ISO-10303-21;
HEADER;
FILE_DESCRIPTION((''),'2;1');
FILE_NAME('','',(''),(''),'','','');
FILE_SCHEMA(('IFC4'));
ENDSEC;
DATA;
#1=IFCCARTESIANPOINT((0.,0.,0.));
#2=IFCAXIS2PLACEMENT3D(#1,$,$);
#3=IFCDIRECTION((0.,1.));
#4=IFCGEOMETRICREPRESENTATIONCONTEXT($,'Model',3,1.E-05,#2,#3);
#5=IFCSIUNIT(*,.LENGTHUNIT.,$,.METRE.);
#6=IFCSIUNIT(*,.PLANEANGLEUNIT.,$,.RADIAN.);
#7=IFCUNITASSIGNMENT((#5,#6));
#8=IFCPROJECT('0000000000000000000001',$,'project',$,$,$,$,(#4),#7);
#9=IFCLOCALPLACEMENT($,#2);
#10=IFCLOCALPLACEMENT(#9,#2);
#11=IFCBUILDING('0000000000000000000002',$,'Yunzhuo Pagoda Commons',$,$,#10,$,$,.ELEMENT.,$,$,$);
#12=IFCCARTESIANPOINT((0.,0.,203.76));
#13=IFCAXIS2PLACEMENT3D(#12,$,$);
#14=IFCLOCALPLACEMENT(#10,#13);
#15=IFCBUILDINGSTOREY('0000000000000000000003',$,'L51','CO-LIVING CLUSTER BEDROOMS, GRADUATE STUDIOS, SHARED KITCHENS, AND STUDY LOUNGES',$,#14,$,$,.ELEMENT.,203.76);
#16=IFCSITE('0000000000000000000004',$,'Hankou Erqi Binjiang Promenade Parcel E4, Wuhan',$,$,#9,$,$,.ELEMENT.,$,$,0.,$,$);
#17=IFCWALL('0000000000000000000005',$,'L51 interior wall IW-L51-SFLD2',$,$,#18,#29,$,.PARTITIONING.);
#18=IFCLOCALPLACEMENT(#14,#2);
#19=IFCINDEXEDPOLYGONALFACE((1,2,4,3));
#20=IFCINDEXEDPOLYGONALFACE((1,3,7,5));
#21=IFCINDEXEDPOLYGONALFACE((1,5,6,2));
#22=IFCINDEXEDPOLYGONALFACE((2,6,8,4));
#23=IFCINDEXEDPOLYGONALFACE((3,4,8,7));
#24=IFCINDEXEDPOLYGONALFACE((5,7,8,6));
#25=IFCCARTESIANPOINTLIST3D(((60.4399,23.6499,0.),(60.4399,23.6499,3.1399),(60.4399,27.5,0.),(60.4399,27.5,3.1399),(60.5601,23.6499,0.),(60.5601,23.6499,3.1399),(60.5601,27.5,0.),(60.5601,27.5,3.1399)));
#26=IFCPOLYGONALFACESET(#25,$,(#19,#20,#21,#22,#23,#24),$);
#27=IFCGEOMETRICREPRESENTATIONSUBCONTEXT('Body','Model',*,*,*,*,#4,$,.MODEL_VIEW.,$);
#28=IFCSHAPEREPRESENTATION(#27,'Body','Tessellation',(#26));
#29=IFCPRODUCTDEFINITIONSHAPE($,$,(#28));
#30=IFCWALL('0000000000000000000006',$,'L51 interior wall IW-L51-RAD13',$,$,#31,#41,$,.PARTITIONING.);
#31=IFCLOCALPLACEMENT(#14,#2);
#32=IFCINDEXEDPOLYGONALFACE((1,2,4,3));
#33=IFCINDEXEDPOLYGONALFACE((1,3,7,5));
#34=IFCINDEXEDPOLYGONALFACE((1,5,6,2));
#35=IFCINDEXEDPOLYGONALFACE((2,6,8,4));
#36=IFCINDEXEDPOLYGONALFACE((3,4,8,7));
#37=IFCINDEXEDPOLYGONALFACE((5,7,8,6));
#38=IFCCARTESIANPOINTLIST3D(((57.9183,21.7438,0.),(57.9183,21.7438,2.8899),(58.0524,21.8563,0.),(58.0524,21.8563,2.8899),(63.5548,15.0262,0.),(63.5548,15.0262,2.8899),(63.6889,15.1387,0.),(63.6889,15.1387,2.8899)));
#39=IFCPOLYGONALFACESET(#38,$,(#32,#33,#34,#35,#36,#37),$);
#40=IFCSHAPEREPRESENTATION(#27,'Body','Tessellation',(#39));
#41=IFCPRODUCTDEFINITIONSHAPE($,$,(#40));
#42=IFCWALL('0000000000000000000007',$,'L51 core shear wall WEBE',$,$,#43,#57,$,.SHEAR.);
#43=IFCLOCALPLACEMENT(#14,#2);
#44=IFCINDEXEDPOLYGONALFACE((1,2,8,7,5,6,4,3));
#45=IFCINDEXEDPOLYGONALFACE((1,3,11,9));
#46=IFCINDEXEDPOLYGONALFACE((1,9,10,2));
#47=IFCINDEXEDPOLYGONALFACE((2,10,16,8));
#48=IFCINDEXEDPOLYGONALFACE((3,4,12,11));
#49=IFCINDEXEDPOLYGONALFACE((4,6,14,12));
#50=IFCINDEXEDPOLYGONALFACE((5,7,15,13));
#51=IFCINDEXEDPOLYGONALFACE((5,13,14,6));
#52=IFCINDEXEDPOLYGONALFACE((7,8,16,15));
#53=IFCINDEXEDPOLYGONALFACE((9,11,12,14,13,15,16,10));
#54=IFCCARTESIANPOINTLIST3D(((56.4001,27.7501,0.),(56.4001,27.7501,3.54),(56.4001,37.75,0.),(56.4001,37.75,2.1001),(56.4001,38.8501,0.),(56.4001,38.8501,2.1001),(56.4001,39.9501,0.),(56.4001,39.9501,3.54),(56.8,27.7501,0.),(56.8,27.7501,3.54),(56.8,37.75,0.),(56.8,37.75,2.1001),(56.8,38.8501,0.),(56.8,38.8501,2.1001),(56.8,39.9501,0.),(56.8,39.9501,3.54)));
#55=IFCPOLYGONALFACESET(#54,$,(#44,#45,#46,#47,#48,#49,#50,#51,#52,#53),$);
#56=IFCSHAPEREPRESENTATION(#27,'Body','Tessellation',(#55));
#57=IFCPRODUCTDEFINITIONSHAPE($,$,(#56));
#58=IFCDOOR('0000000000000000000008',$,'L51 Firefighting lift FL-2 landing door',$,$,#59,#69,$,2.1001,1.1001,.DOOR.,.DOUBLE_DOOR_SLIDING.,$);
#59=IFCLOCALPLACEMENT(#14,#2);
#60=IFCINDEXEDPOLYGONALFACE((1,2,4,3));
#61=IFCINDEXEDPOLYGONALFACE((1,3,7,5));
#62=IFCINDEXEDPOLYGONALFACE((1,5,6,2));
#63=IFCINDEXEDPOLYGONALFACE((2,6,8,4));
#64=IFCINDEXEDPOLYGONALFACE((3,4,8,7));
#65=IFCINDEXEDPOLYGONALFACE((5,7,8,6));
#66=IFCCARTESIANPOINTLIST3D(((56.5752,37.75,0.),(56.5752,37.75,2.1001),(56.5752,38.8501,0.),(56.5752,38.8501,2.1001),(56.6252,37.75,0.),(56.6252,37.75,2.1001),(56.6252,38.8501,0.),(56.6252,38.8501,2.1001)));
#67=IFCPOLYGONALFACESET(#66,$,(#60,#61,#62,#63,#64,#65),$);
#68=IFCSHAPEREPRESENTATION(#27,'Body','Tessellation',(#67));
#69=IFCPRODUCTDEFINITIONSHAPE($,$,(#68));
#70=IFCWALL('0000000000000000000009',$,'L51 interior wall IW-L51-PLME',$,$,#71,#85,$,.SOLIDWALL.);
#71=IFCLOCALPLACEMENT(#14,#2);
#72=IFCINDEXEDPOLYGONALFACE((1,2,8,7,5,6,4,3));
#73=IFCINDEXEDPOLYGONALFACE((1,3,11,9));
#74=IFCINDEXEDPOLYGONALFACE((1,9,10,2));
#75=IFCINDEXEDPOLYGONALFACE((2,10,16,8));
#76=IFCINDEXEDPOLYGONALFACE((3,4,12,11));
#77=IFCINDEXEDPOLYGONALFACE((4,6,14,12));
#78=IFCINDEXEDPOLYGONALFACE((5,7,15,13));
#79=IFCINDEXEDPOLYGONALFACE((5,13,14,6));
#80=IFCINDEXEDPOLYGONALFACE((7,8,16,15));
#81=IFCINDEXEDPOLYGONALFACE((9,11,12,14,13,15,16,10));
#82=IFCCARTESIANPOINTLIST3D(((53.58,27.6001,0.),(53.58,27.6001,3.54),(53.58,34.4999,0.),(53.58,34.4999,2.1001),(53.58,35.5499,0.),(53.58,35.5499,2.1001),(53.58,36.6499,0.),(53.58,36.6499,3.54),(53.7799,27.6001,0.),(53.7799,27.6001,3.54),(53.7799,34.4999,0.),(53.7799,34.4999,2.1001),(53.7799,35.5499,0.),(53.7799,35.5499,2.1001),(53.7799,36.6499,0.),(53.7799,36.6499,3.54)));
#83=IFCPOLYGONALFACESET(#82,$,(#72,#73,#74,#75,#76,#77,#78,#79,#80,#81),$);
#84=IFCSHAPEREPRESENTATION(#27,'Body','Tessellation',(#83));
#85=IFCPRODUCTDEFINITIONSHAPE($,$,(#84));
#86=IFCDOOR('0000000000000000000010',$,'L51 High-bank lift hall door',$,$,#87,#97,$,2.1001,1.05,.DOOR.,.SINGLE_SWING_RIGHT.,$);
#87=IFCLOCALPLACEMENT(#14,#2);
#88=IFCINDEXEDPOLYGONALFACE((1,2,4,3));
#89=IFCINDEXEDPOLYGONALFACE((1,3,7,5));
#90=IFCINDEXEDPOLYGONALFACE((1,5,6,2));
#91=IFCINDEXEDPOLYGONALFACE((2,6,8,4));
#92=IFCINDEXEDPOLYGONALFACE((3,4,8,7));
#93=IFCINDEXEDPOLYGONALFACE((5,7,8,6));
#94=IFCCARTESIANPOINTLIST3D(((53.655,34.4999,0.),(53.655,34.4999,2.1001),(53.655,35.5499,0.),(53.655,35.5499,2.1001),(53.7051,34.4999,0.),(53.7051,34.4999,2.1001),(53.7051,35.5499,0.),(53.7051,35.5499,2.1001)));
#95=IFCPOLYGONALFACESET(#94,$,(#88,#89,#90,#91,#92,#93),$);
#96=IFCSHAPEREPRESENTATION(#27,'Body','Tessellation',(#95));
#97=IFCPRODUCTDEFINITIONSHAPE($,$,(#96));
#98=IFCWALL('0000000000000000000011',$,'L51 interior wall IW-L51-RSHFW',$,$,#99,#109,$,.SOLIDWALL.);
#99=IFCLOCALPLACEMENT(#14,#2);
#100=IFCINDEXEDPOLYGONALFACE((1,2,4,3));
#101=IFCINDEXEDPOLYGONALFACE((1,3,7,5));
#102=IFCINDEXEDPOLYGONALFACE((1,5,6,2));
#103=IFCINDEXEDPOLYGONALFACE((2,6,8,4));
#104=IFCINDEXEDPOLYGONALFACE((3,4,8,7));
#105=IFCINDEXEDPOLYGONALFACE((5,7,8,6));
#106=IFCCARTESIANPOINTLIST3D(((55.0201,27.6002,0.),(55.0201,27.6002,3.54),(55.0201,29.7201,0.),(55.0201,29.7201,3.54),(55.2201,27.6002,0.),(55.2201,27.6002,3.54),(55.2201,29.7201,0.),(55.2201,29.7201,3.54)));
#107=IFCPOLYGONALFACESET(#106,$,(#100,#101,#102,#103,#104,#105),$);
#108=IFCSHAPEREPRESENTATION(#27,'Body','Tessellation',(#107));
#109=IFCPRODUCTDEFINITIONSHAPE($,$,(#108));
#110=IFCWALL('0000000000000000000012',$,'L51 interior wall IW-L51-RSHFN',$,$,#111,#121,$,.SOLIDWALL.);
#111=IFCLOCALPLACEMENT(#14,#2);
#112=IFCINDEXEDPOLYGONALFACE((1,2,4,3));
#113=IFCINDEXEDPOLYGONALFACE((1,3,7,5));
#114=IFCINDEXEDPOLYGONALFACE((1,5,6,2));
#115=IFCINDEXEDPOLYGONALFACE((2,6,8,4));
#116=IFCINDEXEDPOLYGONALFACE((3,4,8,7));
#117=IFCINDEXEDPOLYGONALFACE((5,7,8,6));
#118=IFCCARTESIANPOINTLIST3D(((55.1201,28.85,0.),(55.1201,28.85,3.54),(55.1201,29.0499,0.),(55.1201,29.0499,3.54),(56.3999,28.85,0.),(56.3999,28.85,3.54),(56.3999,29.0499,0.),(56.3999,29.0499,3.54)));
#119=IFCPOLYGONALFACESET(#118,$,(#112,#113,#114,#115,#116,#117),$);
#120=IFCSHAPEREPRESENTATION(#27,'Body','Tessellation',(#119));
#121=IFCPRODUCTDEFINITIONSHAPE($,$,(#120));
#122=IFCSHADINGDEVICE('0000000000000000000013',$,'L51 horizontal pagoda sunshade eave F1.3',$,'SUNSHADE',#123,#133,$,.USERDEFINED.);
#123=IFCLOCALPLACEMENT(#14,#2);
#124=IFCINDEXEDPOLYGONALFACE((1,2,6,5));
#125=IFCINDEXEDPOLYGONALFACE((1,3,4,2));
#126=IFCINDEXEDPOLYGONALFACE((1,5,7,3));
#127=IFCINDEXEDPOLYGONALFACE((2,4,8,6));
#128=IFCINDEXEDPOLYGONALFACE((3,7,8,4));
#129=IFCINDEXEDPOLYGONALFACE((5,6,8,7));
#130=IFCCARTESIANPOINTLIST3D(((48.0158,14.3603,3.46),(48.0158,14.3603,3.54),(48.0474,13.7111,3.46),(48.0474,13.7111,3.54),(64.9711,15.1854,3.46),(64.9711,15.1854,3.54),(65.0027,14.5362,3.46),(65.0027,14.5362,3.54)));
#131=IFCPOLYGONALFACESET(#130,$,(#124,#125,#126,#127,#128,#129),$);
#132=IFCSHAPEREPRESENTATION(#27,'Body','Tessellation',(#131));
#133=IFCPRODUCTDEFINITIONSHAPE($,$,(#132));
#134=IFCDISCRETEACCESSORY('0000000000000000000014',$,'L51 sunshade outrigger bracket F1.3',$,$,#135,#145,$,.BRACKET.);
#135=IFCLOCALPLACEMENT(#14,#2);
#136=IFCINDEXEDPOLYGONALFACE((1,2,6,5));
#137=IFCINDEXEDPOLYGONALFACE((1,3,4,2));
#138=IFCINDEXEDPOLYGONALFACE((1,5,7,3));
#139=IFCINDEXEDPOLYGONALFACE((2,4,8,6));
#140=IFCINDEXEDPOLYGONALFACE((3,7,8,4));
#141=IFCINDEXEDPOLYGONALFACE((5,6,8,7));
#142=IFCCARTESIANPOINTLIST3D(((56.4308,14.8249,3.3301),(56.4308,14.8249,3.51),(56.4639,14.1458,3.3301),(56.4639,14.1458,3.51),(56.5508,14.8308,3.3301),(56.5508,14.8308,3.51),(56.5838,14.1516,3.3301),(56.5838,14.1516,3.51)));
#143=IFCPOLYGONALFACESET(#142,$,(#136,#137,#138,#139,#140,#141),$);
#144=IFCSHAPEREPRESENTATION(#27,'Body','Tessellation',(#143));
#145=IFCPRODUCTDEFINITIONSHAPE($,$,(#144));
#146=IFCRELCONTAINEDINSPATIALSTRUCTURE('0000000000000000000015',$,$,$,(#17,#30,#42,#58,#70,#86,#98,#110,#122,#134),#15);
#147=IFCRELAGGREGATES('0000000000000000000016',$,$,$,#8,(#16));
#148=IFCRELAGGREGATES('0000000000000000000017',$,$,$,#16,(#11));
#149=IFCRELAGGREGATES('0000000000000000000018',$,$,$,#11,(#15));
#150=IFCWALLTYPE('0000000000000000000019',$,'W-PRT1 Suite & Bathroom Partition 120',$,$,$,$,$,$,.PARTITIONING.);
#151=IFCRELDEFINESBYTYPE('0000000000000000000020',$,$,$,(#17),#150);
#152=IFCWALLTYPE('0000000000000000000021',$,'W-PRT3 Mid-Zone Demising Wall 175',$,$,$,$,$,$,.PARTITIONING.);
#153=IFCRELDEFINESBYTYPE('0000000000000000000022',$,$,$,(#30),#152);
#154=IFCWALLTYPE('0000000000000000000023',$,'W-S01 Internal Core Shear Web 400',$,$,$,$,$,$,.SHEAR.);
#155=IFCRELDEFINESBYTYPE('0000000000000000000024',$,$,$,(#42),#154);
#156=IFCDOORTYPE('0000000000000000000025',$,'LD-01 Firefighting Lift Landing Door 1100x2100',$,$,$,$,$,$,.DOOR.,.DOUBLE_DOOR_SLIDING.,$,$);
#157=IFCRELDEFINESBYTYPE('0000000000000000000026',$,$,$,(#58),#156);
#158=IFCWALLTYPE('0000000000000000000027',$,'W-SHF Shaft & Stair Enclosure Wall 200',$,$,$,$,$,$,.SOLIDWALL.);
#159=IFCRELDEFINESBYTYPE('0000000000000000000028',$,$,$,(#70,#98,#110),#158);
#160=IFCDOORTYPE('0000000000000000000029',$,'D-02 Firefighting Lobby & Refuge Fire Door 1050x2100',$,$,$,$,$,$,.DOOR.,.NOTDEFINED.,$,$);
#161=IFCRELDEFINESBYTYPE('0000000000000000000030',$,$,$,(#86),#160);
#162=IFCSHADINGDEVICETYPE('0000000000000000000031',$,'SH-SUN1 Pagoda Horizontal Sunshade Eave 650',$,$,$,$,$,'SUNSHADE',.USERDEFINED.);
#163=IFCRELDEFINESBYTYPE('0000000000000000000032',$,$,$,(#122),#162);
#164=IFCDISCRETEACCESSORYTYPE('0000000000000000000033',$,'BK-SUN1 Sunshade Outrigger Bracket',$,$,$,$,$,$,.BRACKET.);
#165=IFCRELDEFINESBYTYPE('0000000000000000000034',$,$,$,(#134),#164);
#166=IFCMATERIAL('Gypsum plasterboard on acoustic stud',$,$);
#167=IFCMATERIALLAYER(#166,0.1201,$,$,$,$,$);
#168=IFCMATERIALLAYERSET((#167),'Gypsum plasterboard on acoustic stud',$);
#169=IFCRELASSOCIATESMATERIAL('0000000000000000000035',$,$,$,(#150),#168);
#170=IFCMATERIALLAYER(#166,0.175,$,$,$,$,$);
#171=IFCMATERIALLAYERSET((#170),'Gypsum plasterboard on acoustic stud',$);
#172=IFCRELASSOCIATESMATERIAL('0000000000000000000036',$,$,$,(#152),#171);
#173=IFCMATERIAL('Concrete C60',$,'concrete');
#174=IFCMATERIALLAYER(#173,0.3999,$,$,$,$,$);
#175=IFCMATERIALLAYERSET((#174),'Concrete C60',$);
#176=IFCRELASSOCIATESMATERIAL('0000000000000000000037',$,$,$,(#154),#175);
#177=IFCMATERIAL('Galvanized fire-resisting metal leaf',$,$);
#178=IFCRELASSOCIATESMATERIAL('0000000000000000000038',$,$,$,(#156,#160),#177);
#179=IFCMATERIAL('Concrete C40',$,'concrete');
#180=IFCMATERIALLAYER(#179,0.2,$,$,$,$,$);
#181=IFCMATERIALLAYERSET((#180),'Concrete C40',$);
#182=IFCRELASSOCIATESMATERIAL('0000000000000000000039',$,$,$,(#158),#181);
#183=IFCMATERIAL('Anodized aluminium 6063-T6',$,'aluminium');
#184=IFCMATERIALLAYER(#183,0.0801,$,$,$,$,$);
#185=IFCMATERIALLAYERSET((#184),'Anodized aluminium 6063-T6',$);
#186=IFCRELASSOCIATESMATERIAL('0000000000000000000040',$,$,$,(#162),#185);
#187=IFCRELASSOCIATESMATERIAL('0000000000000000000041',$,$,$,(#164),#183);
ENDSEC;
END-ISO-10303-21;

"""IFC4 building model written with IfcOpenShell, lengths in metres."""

from ifc_helpers import new_model, si_unit, direction, frame, frame_2d, origin, origin_with_axes, origin_2d, place, context, subcontext, project, spatial, rectangle, extrude, source, transform, mapped, material, layer, layer_set, type_object, element, fill, save


model = new_model("IFC4")

# Units and contexts
model_context = context("Model", 3, precision=1e-05, world=origin(), true_north=direction((0.0, 1.0)))
body_context = subcontext(model_context, "Body", "Model", "MODEL_VIEW")
ifc_project = project(units=[si_unit("LENGTHUNIT", "METRE"), si_unit("PLANEANGLEUNIT", "RADIAN")], contexts=[model_context])

# Site, building, storey
site_placement = place(None, origin())
site = spatial("IfcSite", under=ifc_project, at=site_placement, Name="Hankou Erqi Binjiang Promenade Parcel E4, Wuhan", CompositionType="ELEMENT", RefElevation=0.0)
building_placement = place(site_placement, origin())
building = spatial("IfcBuilding", under=site, at=building_placement, Name="Yunzhuo Pagoda Commons", CompositionType="ELEMENT")
storey_placement = place(building_placement, frame((0.0, 0.0, 203.76)))
storey = spatial("IfcBuildingStorey", under=building, at=storey_placement, Name="L51", Description="CO-LIVING CLUSTER BEDROOMS, GRADUATE STUDIOS, SHARED KITCHENS, AND STUDY LOUNGES", CompositionType="ELEMENT", Elevation=203.76)

# Shared definitions
ifc_material_1 = material(Name="Anodized aluminium 6063-T6", Category="aluminium")

# Shared definitions
ifc_material_2 = material(Name="Gypsum plasterboard on acoustic stud")
ifc_material_3 = material(Name="Galvanized fire-resisting metal leaf")

# Walls
ifc_layer_1 = layer(ifc_material_2, 0.1201)
ifc_layer_set_1 = layer_set([ifc_layer_1], Name="Gypsum plasterboard on acoustic stud")
wall_type_1 = type_object("IfcWallType", Name="W-PRT1 Suite & Bathroom Partition 120", PredefinedType="PARTITIONING", material=ifc_layer_set_1)
wall_1_placement = place(storey_placement, frame((60.5, 23.6499, 0.0), z_axis=(0.0, 0.0, 1.0), x_axis=(0.0, 1.0, 0.0)))
element("IfcWall", 1, at=wall_1_placement, inside=storey, type_object=wall_type_1, Name="L51 interior wall IW-L51-SFLD2", PredefinedType="PARTITIONING", context=body_context, shape_type="SweptSolid", body=[
    extrude(rectangle(XDim=3.8501, YDim=0.1201, at=frame_2d((1.925, 0.0))), origin(), (0.0, 0.0, 1.0), 3.1399),
])
ifc_layer_2 = layer(ifc_material_2, 0.175)
ifc_layer_set_2 = layer_set([ifc_layer_2], Name="Gypsum plasterboard on acoustic stud")
wall_type_2 = type_object("IfcWallType", Name="W-PRT3 Mid-Zone Demising Wall 175", PredefinedType="PARTITIONING", material=ifc_layer_set_2)
wall_2_placement = place(storey_placement, frame((57.9854, 21.8, 0.0), z_axis=(0.0, 0.0, 1.0), x_axis=(0.642774, -0.766056, 0.0)))
element("IfcWall", 2, at=wall_2_placement, inside=storey, type_object=wall_type_2, Name="L51 interior wall IW-L51-RAD13", PredefinedType="PARTITIONING", context=body_context, shape_type="SweptSolid", body=[
    extrude(rectangle(XDim=8.769, YDim=0.175, at=frame_2d((4.3845, 0.0))), origin(), (0.0, 0.0, 1.0), 2.8899),
])

# Walls, openings, doors
ifc_material_4 = material(Name="Concrete C60", Category="concrete")
ifc_layer_3 = layer(ifc_material_4, 0.3999)
ifc_layer_set_3 = layer_set([ifc_layer_3], Name="Concrete C60")
wall_type_3 = type_object("IfcWallType", Name="W-S01 Internal Core Shear Web 400", PredefinedType="SHEAR", material=ifc_layer_set_3)
wall_3_placement = place(storey_placement, frame((56.6001, 27.75, 0.0), z_axis=(0.0, 0.0, 1.0), x_axis=(0.0, 1.0, 0.0)))
wall_3 = element("IfcWall", 3, at=wall_3_placement, inside=storey, type_object=wall_type_3, Name="L51 core shear wall WEBE", PredefinedType="SHEAR", context=body_context, shape_type="SweptSolid", body=[
    extrude(rectangle(XDim=12.2, YDim=0.3999, at=frame_2d((6.1001, 0.0))), origin(), (0.0, 0.0, 1.0), 3.54),
])
opening_1_placement = place(wall_3_placement, frame((10.0, 0.0, 0.0)))
opening_1 = element("IfcOpeningElement", 4, at=opening_1_placement, cuts=wall_3, PredefinedType="OPENING", context=body_context, shape_type="SweptSolid", body=[
    extrude(rectangle(XDim=1.1001, YDim=2.1001, at=frame_2d((0.55, 1.05))), frame((0.0, 0.21, 0.0), z_axis=(0.0, -1.0, 0.0), x_axis=(1.0, 0.0, 0.0)), (0.0, 0.0, 1.0), 0.4199),
])
door_type_1 = type_object("IfcDoorType", Name="LD-01 Firefighting Lift Landing Door 1100x2100", OperationType="DOUBLE_DOOR_SLIDING", PredefinedType="DOOR", material=ifc_material_3)
shared_shape_1 = source(origin(), body_context, "Body", "SweptSolid", [
    extrude(rectangle(XDim=1.1001, YDim=2.1001, at=frame_2d((0.55, 1.05))), frame((0.0, 0.0249, 0.0), z_axis=(0.0, -1.0, 0.0), x_axis=(1.0, 0.0, 0.0)), (0.0, 0.0, 1.0), 0.05),
])
door_1_placement = place(opening_1_placement, origin_with_axes())
door_1 = element("IfcDoor", 5, at=door_1_placement, inside=storey, type_object=door_type_1, Name="L51 Firefighting lift FL-2 landing door", OperationType="DOUBLE_DOOR_SLIDING", OverallHeight=2.1001, OverallWidth=1.1001, PredefinedType="DOOR", context=body_context, shape_type="MappedRepresentation", body=[
    mapped(shared_shape_1, transform((0.0, 0.0, 0.0), scale=1.0)),
])
fill(opening_1, door_1)
ifc_material_5 = material(Name="Concrete C40", Category="concrete")
ifc_layer_4 = layer(ifc_material_5, 0.2)
ifc_layer_set_4 = layer_set([ifc_layer_4], Name="Concrete C40")
wall_type_4 = type_object("IfcWallType", Name="W-SHF Shaft & Stair Enclosure Wall 200", PredefinedType="SOLIDWALL", material=ifc_layer_set_4)
wall_4_placement = place(storey_placement, frame((53.6799, 27.6001, 0.0), z_axis=(0.0, 0.0, 1.0), x_axis=(0.0, 1.0, 0.0)))
wall_4 = element("IfcWall", 6, at=wall_4_placement, inside=storey, type_object=wall_type_4, Name="L51 interior wall IW-L51-PLME", PredefinedType="SOLIDWALL", context=body_context, shape_type="SweptSolid", body=[
    extrude(rectangle(XDim=9.0498, YDim=0.2, at=frame_2d((4.5249, 0.0))), origin(), (0.0, 0.0, 1.0), 3.54),
])
opening_2_placement = place(wall_4_placement, frame((6.8999, 0.0, 0.0)))
opening_2 = element("IfcOpeningElement", 7, at=opening_2_placement, cuts=wall_4, PredefinedType="OPENING", context=body_context, shape_type="SweptSolid", body=[
    extrude(rectangle(XDim=1.05, YDim=2.1001, at=frame_2d((0.5249, 1.05))), frame((0.0, 0.1099, 0.0), z_axis=(0.0, -1.0, 0.0), x_axis=(1.0, 0.0, 0.0)), (0.0, 0.0, 1.0), 0.22),
])
door_type_2 = type_object("IfcDoorType", Name="D-02 Firefighting Lobby & Refuge Fire Door 1050x2100", OperationType="NOTDEFINED", PredefinedType="DOOR", material=ifc_material_3)
shared_shape_2 = source(origin(), body_context, "Body", "SweptSolid", [
    extrude(rectangle(XDim=1.05, YDim=2.1001, at=frame_2d((0.5249, 1.05))), frame((0.0, 0.0249, 0.0), z_axis=(0.0, -1.0, 0.0), x_axis=(1.0, 0.0, 0.0)), (0.0, 0.0, 1.0), 0.05),
])
door_2_placement = place(opening_2_placement, origin_with_axes())
door_2 = element("IfcDoor", 8, at=door_2_placement, inside=storey, type_object=door_type_2, Name="L51 High-bank lift hall door", OperationType="SINGLE_SWING_RIGHT", OverallHeight=2.1001, OverallWidth=1.05, PredefinedType="DOOR", context=body_context, shape_type="MappedRepresentation", body=[
    mapped(shared_shape_2, transform((0.0, 0.0, 0.0), scale=1.0)),
])
fill(opening_2, door_2)

# Walls
wall_5_placement = place(storey_placement, frame((55.1201, 27.6001, 0.0), z_axis=(0.0, 0.0, 1.0), x_axis=(0.0, 1.0, 0.0)))
element("IfcWall", 9, at=wall_5_placement, inside=storey, type_object=wall_type_4, Name="L51 interior wall IW-L51-RSHFW", PredefinedType="SOLIDWALL", context=body_context, shape_type="SweptSolid", body=[
    extrude(rectangle(XDim=2.1199, YDim=0.2, at=frame_2d((1.0601, 0.0))), origin(), (0.0, 0.0, 1.0), 3.54),
])
wall_6_placement = place(storey_placement, frame((55.1201, 28.95, 0.0), z_axis=(0.0, 0.0, 1.0), x_axis=(1.0, 0.0, 0.0)))
element("IfcWall", 10, at=wall_6_placement, inside=storey, type_object=wall_type_4, Name="L51 interior wall IW-L51-RSHFN", PredefinedType="SOLIDWALL", context=body_context, shape_type="SweptSolid", body=[
    extrude(rectangle(XDim=1.2798, YDim=0.2, at=frame_2d((0.6399, 0.0))), origin(), (0.0, 0.0, 1.0), 3.54),
])

# Shading device
ifc_layer_5 = layer(ifc_material_1, 0.0801)
ifc_layer_set_5 = layer_set([ifc_layer_5], Name="Anodized aluminium 6063-T6")
shading_device_type = type_object("IfcShadingDeviceType", Name="SH-SUN1 Pagoda Horizontal Sunshade Eave 650", ElementType="SUNSHADE", PredefinedType="USERDEFINED", material=ifc_layer_set_5)
shared_shape_3 = source(origin(), body_context, "Body", "SweptSolid", [
    extrude(rectangle(XDim=16.9753, YDim=0.6499, at=origin_2d()), origin(), (0.0, 0.0, 1.0), 0.0801),
])
shading_device_placement = place(storey_placement, frame((56.5093, 14.4482, 3.46), z_axis=(0.0, 0.0, 1.0), x_axis=(0.998818, 0.048606, 0.0)))
element("IfcShadingDevice", 11, at=shading_device_placement, inside=storey, type_object=shading_device_type, Name="L51 horizontal pagoda sunshade eave F1.3", ObjectType="SUNSHADE", PredefinedType="USERDEFINED", context=body_context, shape_type="MappedRepresentation", body=[
    mapped(shared_shape_3, transform((0.0, 0.0, 0.0), scale=1.0)),
])

# Discrete accessory
discrete_accessory_type = type_object("IfcDiscreteAccessoryType", Name="BK-SUN1 Sunshade Outrigger Bracket", PredefinedType="BRACKET", material=ifc_material_1)
shared_shape_4 = source(origin(), body_context, "Body", "SweptSolid", [
    extrude(rectangle(XDim=0.1201, YDim=0.6799, at=origin_2d()), origin(), (0.0, 0.0, 1.0), 0.1799),
])
discrete_accessory_placement = place(storey_placement, frame((56.5073, 14.4883, 3.3301), z_axis=(0.0, 0.0, 1.0), x_axis=(0.998818, 0.048606, 0.0)))
element("IfcDiscreteAccessory", 12, at=discrete_accessory_placement, inside=storey, type_object=discrete_accessory_type, Name="L51 sunshade outrigger bracket F1.3", PredefinedType="BRACKET", context=body_context, shape_type="MappedRepresentation", body=[
    mapped(shared_shape_4, transform((0.0, 0.0, 0.0), scale=1.0)),
])

save(model, "model.ifc")
